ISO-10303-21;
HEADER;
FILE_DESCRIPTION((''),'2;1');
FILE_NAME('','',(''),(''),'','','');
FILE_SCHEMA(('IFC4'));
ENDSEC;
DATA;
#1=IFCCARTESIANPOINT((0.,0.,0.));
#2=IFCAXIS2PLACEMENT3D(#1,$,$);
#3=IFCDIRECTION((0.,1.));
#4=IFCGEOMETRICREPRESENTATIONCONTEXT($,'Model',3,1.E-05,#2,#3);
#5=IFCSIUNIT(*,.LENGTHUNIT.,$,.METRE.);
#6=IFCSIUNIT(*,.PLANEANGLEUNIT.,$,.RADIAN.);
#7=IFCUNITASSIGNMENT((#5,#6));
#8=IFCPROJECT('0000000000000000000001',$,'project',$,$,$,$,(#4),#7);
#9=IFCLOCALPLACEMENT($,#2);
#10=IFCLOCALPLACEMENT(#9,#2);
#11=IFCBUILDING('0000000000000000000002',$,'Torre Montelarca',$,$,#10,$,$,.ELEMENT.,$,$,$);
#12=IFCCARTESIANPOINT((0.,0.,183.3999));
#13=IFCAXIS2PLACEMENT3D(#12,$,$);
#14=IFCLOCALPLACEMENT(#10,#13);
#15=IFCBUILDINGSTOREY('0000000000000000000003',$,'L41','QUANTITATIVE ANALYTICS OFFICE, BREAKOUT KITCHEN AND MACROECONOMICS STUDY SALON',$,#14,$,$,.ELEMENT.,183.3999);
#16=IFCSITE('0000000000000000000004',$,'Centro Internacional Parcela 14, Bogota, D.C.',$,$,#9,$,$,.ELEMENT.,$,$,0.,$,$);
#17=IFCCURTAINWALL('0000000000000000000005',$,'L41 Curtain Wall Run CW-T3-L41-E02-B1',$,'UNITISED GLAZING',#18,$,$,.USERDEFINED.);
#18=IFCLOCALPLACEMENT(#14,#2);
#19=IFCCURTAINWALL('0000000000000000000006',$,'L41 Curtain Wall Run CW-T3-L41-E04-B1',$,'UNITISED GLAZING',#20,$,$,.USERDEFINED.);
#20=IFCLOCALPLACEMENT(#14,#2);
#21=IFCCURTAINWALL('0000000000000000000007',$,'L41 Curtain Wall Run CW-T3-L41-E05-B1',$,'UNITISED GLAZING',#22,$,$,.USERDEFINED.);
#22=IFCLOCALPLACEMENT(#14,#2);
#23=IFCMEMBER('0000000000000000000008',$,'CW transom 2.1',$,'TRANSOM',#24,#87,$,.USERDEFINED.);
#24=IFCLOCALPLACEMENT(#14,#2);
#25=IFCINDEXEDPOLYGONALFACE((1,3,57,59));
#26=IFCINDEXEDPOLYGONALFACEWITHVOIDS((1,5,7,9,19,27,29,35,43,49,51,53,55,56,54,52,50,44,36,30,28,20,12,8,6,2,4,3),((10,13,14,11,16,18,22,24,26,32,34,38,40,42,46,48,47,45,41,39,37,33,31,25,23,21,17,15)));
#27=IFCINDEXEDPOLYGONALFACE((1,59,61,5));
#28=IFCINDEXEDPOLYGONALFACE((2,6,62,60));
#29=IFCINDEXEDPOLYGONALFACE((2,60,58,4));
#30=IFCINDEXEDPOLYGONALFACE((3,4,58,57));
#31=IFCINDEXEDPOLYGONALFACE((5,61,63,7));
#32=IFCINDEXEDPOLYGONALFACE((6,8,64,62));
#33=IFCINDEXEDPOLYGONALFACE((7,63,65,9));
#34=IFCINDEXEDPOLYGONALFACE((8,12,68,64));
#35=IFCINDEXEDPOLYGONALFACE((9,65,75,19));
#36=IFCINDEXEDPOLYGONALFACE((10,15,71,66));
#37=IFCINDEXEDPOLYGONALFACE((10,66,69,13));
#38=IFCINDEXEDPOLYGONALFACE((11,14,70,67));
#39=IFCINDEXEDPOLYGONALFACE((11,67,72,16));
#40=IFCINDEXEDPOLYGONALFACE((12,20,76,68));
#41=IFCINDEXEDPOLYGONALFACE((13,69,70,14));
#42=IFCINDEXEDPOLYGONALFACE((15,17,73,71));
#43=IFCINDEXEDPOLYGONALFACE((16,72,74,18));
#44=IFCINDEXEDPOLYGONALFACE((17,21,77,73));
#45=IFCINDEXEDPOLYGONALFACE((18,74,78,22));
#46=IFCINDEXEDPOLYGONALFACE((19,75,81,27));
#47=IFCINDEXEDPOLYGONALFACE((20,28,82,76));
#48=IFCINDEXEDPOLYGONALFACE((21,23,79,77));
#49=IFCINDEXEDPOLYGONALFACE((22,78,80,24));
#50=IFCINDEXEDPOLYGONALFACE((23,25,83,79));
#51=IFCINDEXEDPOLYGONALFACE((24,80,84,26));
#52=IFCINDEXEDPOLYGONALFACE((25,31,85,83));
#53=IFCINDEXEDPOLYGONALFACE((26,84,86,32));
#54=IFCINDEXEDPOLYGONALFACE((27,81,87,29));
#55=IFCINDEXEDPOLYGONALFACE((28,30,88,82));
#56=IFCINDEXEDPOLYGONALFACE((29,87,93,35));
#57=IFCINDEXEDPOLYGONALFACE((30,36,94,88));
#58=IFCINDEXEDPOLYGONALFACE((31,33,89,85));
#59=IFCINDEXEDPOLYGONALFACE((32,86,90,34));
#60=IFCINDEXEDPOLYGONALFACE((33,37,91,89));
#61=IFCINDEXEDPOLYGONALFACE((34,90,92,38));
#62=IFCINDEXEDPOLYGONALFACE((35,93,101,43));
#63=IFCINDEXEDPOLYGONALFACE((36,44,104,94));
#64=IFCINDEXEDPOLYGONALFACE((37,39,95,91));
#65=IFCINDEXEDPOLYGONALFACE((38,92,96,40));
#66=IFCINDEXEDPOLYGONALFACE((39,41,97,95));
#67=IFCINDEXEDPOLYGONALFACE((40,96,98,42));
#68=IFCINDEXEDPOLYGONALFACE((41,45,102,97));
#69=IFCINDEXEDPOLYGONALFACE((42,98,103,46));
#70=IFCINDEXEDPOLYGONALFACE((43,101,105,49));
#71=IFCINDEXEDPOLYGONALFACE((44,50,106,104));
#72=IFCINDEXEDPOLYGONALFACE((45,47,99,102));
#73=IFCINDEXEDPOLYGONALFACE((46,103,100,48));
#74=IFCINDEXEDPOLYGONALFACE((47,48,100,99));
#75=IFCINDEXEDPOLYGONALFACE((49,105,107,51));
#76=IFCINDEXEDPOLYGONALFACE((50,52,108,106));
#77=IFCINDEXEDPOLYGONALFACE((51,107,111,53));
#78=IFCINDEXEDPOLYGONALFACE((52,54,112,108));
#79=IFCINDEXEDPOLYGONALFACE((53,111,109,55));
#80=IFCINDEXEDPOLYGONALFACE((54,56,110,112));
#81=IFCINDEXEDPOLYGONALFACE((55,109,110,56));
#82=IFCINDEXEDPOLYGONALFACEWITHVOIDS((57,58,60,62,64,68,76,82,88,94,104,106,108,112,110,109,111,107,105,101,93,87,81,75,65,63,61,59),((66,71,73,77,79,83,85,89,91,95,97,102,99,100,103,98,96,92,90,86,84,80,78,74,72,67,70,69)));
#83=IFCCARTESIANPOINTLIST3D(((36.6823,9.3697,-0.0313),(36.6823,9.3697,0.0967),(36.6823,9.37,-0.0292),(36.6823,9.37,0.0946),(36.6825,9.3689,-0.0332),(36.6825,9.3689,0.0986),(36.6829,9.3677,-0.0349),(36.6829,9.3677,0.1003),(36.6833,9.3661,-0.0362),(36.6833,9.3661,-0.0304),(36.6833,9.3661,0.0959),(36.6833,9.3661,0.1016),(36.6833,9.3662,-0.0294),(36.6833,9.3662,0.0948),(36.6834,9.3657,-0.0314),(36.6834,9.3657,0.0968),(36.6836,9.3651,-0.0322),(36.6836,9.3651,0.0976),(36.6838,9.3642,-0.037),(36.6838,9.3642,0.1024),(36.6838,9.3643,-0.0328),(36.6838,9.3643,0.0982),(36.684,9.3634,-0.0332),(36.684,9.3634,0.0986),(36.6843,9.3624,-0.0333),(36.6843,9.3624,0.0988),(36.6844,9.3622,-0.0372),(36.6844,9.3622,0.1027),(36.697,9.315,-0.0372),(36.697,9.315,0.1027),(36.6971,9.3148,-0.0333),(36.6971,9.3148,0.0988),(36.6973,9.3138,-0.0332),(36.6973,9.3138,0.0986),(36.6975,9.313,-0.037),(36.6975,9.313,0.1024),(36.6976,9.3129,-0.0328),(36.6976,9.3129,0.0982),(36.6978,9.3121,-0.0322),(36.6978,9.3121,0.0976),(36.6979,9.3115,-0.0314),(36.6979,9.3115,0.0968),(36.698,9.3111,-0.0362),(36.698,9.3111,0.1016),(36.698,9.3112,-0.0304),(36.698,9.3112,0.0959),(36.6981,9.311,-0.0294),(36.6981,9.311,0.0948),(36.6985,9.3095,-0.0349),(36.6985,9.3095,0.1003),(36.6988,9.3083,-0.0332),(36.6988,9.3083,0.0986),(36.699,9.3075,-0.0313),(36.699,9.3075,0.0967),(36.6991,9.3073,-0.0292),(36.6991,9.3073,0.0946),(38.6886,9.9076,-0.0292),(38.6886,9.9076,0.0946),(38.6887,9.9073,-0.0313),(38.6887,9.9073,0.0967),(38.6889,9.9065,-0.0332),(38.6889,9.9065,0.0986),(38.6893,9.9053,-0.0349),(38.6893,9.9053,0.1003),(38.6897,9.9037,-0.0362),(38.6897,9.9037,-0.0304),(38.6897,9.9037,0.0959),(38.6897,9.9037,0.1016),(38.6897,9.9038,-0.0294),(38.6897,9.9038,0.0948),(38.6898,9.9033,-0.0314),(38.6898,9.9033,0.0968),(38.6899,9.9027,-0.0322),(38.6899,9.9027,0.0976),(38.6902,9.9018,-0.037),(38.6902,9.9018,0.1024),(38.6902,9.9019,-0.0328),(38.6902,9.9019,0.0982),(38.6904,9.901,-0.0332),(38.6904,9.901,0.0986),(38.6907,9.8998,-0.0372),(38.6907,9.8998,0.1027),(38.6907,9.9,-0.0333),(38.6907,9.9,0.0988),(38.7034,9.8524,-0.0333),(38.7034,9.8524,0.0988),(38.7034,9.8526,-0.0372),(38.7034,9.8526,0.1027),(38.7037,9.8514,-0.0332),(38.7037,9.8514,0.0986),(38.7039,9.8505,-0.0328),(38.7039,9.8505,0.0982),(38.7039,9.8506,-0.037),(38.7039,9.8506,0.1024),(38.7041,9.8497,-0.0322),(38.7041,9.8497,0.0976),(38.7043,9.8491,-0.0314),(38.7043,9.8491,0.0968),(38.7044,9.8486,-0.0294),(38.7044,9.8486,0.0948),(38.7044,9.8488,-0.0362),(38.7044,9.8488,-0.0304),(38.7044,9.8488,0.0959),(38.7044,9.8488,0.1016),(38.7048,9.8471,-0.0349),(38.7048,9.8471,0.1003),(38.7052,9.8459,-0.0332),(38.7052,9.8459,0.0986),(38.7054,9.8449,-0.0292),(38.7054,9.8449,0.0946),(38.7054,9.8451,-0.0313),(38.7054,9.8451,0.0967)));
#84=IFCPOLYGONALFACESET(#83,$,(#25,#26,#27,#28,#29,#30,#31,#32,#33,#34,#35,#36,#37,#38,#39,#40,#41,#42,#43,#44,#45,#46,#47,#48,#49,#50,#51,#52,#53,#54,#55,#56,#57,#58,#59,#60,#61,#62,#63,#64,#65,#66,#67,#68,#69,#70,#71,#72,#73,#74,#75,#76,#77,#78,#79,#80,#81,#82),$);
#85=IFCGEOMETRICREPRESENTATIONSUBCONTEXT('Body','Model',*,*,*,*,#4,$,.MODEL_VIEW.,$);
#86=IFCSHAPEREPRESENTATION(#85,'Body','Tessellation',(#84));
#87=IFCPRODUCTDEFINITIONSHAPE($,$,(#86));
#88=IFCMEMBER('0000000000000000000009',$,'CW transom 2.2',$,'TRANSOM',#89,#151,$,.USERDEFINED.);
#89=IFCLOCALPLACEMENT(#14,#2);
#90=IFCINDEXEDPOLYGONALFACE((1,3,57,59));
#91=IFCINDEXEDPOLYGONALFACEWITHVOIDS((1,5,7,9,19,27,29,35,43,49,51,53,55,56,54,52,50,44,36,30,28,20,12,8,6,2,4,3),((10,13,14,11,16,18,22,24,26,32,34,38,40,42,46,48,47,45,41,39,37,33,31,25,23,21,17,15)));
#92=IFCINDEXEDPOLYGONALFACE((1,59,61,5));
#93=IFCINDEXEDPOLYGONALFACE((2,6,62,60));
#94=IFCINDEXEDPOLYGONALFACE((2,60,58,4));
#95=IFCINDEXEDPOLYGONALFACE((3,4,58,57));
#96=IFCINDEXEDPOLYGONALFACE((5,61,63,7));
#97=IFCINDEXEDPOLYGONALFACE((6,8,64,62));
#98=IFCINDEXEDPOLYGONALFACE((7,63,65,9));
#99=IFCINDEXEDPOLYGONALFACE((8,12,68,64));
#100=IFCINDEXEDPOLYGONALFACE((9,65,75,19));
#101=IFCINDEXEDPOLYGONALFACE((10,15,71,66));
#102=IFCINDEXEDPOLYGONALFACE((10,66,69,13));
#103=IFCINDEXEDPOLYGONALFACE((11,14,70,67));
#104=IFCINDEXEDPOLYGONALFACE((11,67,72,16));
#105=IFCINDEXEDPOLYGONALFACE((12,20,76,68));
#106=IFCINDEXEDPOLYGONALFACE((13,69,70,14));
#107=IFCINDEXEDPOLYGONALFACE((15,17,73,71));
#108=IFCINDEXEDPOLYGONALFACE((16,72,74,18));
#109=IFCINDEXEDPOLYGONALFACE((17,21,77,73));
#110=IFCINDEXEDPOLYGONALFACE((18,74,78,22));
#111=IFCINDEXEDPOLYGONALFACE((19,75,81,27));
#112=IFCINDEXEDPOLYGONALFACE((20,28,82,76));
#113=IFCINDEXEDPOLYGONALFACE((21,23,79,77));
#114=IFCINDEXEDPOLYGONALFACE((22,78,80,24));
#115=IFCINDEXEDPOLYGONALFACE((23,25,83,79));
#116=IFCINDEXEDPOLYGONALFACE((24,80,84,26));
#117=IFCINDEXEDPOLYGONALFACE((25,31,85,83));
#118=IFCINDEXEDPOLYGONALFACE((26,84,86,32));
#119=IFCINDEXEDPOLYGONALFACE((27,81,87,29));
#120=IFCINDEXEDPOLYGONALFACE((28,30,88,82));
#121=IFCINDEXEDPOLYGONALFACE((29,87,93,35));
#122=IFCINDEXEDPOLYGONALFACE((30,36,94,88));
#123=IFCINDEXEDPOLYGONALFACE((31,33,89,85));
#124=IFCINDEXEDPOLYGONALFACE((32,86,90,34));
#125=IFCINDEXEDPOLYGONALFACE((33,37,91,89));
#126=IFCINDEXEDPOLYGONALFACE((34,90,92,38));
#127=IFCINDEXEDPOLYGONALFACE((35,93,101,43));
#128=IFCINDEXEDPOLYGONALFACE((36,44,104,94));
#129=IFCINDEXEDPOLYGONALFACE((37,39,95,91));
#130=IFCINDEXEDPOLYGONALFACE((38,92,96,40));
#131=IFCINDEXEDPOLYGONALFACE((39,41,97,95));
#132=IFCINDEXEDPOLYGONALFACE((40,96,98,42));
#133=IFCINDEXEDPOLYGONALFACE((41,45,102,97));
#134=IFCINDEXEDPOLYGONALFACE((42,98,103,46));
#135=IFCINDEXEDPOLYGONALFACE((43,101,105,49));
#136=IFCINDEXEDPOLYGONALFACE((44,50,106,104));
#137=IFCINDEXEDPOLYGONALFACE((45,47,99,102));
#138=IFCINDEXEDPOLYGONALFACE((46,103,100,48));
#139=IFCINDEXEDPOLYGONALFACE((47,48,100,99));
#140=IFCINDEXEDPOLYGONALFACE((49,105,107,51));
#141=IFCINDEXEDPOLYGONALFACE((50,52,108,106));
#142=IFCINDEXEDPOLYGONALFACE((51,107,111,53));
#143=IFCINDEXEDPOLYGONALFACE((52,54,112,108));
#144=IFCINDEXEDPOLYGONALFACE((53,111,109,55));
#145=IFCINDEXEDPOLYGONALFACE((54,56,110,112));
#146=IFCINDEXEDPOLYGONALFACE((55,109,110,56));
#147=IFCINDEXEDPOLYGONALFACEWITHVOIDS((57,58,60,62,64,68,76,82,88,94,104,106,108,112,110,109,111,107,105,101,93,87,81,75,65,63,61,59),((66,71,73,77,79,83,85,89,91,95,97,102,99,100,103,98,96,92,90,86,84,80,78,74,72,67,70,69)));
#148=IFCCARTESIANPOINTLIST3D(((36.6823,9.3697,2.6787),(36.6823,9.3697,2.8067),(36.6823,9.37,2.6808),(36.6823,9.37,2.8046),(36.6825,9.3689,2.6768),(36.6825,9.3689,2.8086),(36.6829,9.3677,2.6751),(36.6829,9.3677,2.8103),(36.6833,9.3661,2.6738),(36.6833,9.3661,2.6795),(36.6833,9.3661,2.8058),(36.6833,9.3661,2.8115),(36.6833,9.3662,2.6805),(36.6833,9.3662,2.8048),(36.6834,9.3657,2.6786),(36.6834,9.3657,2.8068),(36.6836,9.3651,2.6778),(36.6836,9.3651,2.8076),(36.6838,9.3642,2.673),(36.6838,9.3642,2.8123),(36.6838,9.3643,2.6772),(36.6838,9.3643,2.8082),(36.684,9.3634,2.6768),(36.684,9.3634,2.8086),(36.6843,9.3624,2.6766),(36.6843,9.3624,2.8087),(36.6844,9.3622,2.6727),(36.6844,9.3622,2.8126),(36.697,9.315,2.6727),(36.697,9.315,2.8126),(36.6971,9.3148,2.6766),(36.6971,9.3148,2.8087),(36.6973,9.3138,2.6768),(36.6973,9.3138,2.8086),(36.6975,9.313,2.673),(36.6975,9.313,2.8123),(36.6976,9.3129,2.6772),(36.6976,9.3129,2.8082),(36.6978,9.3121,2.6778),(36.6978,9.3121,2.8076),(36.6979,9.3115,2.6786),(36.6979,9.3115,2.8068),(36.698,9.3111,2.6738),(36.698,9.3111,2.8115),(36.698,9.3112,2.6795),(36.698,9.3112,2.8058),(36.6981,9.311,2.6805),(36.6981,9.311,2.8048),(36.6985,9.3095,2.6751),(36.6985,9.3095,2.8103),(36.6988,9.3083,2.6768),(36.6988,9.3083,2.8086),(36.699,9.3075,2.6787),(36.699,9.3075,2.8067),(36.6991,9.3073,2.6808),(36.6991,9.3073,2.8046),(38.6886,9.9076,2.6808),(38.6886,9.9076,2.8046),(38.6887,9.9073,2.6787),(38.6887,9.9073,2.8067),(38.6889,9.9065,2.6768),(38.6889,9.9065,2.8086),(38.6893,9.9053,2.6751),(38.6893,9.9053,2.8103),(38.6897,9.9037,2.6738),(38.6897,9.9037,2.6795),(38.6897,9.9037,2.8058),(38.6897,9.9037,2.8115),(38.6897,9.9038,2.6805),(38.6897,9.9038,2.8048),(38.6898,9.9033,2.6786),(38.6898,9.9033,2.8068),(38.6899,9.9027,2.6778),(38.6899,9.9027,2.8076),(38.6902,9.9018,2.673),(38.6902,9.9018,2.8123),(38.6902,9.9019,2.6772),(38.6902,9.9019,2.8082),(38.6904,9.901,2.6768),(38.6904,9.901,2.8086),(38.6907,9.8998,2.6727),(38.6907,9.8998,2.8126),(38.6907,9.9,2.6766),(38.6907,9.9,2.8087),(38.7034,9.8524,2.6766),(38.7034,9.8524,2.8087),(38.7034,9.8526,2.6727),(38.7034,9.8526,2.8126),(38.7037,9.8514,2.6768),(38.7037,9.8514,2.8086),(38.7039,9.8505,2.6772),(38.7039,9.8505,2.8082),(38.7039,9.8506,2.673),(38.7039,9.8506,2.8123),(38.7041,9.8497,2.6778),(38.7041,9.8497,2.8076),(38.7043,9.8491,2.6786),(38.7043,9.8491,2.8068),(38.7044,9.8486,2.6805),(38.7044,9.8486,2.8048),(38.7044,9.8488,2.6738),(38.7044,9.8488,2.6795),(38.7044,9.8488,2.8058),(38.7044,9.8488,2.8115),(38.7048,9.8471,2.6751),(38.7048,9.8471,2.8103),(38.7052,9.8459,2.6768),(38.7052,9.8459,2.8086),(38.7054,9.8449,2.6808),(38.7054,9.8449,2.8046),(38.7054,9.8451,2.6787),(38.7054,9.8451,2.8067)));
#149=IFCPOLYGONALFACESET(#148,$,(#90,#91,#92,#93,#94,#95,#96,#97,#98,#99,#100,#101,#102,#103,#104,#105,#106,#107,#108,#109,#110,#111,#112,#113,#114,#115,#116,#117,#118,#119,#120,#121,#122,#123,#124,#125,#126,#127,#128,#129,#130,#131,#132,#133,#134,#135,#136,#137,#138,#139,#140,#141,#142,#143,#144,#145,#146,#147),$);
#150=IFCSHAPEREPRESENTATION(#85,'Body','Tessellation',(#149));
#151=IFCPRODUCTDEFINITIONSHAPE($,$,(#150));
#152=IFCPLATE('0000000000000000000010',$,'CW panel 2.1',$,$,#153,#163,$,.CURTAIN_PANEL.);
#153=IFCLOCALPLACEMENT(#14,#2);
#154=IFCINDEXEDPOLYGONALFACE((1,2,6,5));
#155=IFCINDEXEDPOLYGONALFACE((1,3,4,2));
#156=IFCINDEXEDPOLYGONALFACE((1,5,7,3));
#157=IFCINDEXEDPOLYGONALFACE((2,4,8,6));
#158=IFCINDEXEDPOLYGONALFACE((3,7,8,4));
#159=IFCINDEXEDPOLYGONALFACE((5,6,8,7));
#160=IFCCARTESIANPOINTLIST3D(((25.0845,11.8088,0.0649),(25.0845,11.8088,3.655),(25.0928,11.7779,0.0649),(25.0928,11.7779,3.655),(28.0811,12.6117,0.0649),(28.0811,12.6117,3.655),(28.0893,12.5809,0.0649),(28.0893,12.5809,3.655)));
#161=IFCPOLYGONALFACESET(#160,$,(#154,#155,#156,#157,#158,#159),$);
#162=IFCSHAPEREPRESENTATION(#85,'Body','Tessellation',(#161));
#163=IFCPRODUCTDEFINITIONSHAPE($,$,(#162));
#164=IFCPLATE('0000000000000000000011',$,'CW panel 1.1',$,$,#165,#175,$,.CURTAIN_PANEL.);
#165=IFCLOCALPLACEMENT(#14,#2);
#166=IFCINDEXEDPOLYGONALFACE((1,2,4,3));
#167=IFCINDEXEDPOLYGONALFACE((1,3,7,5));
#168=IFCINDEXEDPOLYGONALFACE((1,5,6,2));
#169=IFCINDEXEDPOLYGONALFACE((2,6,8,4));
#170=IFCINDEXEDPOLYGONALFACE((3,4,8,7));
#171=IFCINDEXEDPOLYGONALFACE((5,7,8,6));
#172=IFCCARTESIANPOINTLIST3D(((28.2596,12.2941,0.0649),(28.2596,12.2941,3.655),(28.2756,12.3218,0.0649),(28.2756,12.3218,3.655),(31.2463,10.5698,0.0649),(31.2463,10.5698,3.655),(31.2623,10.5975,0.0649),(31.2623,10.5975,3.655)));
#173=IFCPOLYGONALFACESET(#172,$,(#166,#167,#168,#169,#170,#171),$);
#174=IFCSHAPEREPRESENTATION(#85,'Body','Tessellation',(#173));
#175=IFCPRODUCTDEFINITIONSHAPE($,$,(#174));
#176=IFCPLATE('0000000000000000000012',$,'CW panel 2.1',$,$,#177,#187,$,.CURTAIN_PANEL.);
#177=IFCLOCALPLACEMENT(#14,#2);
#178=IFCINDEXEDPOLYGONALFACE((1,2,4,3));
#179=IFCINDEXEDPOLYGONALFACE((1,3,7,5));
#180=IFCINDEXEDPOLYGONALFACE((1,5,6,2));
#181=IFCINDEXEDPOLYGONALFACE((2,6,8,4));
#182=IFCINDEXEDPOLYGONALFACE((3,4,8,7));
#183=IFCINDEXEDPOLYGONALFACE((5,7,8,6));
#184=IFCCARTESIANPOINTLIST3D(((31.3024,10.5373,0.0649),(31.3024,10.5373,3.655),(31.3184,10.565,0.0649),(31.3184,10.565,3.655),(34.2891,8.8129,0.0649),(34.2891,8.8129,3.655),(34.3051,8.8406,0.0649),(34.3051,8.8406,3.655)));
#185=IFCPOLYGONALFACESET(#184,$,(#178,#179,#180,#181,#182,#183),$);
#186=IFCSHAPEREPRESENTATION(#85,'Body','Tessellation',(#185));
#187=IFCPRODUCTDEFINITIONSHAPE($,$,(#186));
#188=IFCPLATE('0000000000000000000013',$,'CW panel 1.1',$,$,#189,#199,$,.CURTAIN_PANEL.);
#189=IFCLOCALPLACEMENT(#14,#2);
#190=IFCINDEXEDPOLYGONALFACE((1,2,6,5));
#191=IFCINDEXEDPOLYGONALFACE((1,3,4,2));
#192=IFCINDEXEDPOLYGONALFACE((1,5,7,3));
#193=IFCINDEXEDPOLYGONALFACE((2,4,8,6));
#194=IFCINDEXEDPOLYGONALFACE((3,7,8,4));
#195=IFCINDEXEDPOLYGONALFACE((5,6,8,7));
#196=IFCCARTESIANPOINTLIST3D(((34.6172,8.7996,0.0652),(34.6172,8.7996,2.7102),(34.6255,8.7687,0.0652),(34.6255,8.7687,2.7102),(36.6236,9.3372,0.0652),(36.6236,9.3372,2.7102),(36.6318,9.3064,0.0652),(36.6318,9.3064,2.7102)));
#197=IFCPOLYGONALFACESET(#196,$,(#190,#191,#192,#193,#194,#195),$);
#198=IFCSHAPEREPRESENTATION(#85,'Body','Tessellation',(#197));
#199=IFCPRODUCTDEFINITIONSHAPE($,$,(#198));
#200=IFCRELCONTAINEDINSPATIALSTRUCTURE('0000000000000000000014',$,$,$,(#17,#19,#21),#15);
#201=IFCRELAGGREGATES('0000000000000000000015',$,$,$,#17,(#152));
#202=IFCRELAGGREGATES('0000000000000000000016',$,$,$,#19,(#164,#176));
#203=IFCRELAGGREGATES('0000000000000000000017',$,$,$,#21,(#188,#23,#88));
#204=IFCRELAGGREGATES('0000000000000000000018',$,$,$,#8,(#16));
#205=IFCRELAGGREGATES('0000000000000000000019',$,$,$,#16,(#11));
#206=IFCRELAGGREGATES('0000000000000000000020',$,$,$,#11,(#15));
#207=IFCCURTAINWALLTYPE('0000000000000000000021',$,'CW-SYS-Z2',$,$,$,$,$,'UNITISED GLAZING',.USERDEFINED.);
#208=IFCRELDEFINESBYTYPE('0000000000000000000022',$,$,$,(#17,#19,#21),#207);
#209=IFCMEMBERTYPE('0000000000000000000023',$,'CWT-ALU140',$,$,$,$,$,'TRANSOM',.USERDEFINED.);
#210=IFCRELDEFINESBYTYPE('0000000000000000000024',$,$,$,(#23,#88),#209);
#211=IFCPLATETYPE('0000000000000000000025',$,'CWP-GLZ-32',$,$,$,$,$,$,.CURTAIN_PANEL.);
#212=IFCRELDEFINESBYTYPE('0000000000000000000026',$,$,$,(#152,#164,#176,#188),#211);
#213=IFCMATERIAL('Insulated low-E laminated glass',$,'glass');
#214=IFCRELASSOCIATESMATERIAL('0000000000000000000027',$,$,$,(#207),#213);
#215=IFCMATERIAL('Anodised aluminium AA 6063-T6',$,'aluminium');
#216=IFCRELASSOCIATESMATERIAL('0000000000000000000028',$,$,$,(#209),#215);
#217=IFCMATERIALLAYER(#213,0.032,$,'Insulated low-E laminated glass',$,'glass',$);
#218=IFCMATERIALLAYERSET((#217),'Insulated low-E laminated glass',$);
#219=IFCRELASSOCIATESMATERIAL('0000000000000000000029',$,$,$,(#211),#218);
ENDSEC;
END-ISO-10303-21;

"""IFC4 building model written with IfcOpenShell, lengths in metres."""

from ifc_helpers import new_model, si_unit, direction, frame, origin, origin_2d, place, context, subcontext, project, spatial, rectangle, hollow_rectangle, extrude, source, transform, mapped, material, layer, layer_set, material_profile, profile_set, type_object, element, aggregate, save


model = new_model("IFC4")

# Units and contexts
model_context = context("Model", 3, precision=1e-05, world=origin(), true_north=direction((0.0, 1.0)))
body_context = subcontext(model_context, "Body", "Model", "MODEL_VIEW")
ifc_project = project(units=[si_unit("LENGTHUNIT", "METRE"), si_unit("PLANEANGLEUNIT", "RADIAN")], contexts=[model_context])

# Site, building, storey
site_placement = place(None, origin())
site = spatial("IfcSite", under=ifc_project, at=site_placement, Name="Centro Internacional Parcela 14, Bogota, D.C.", CompositionType="ELEMENT", RefElevation=0.0)
building_placement = place(site_placement, origin())
building = spatial("IfcBuilding", under=site, at=building_placement, Name="Torre Montelarca", CompositionType="ELEMENT")
storey_placement = place(building_placement, frame((0.0, 0.0, 183.3999)))
storey = spatial("IfcBuildingStorey", under=building, at=storey_placement, Name="L41", Description="QUANTITATIVE ANALYTICS OFFICE, BREAKOUT KITCHEN AND MACROECONOMICS STUDY SALON", CompositionType="ELEMENT", Elevation=183.3999)

# Curtain walls
ifc_material_1 = material(Name="Insulated low-E laminated glass", Category="glass")
curtain_wall_type = type_object("IfcCurtainWallType", Name="CW-SYS-Z2", ElementType="UNITISED GLAZING", PredefinedType="USERDEFINED", material=ifc_material_1)
curtain_wall_1_placement = place(storey_placement, origin())
curtain_wall_1 = element("IfcCurtainWall", 1, at=curtain_wall_1_placement, inside=storey, type_object=curtain_wall_type, Name="L41 Curtain Wall Run CW-T3-L41-E02-B1", ObjectType="UNITISED GLAZING", PredefinedType="USERDEFINED")
ifc_material_2 = material(Name="Anodised aluminium AA 6063-T6", Category="aluminium")
ifc_material_profile_1 = material_profile(ifc_material_2, hollow_rectangle(XDim=0.0649, YDim=0.1399, WallThickness=0.0039, InnerFilletRadius=0.0039, OuterFilletRadius=0.0081, at=origin_2d()), Name="ALU65X140X4", Category="aluminium")
ifc_profile_set_1 = profile_set([ifc_material_profile_1], Name="Anodised aluminium AA 6063-T6")
member_type_1 = type_object("IfcMemberType", Name="CWT-ALU140", ElementType="TRANSOM", PredefinedType="USERDEFINED", material=ifc_profile_set_1)
curtain_wall_2_placement = place(storey_placement, origin())
curtain_wall_2 = element("IfcCurtainWall", 2, at=curtain_wall_2_placement, inside=storey, type_object=curtain_wall_type, Name="L41 Curtain Wall Run CW-T3-L41-E04-B1", ObjectType="UNITISED GLAZING", PredefinedType="USERDEFINED")
curtain_wall_3_placement = place(storey_placement, origin())
curtain_wall_3 = element("IfcCurtainWall", 3, at=curtain_wall_3_placement, inside=storey, type_object=curtain_wall_type, Name="L41 Curtain Wall Run CW-T3-L41-E05-B1", ObjectType="UNITISED GLAZING", PredefinedType="USERDEFINED")

# Members
shared_shape_1 = source(origin(), body_context, "Body", "SweptSolid", [
    extrude(hollow_rectangle(XDim=0.0649, YDim=0.1399, WallThickness=0.0039, InnerFilletRadius=0.0039, OuterFilletRadius=0.0081, at=origin_2d()), origin(), (0.0, 0.0, 1.0), 2.0771),
])
member_1_placement = place(storey_placement, frame((36.6907, 9.3386, 0.0327), z_axis=(0.965926, 0.258818, 0.0), x_axis=(-0.258818, 0.965926, 0.0)))
member_1 = element("IfcMember", 4, at=member_1_placement, type_object=member_type_1, Name="CW transom 2.1", ObjectType="TRANSOM", PredefinedType="USERDEFINED", context=body_context, shape_type="MappedRepresentation", body=[
    mapped(shared_shape_1, transform((0.0, 0.0, 0.0), scale=1.0)),
])
member_2_placement = place(storey_placement, frame((36.6907, 9.3386, 2.7427), z_axis=(0.965926, 0.258818, 0.0), x_axis=(-0.258818, 0.965926, 0.0)))
member_2 = element("IfcMember", 5, at=member_2_placement, type_object=member_type_1, Name="CW transom 2.2", ObjectType="TRANSOM", PredefinedType="USERDEFINED", context=body_context, shape_type="MappedRepresentation", body=[
    mapped(shared_shape_1, transform((0.0, 0.0, 0.0), scale=1.0)),
])

# Plates
ifc_layer_1 = layer(ifc_material_1, 0.032, Name="Insulated low-E laminated glass", Category="glass")
ifc_layer_set_1 = layer_set([ifc_layer_1], Name="Insulated low-E laminated glass")
plate_type = type_object("IfcPlateType", Name="CWP-GLZ-32", PredefinedType="CURTAIN_PANEL", material=ifc_layer_set_1)
shared_shape_2 = source(origin(), body_context, "Body", "SweptSolid", [
    extrude(rectangle(XDim=3.1023, YDim=0.032, at=origin_2d()), origin(), (0.0, 0.0, 1.0), 3.5901),
])
plate_1_placement = place(storey_placement, frame((26.5869, 12.1948, 0.0649), z_axis=(0.0, 0.0, 1.0), x_axis=(0.965924, 0.258826, 0.0)))
plate_1 = element("IfcPlate", 6, at=plate_1_placement, type_object=plate_type, Name="CW panel 2.1", PredefinedType="CURTAIN_PANEL", context=body_context, shape_type="MappedRepresentation", body=[
    mapped(shared_shape_2, transform((0.0, 0.0, 0.0), scale=1.0)),
])
aggregate(curtain_wall_1, [plate_1])
shared_shape_3 = source(origin(), body_context, "Body", "SweptSolid", [
    extrude(rectangle(XDim=3.4487, YDim=0.032, at=origin_2d()), origin(), (0.0, 0.0, 1.0), 3.5901),
])
plate_2_placement = place(storey_placement, frame((29.761, 11.4458, 0.0649), z_axis=(0.0, 0.0, 1.0), x_axis=(0.866028, -0.499995, 0.0)))
plate_2 = element("IfcPlate", 7, at=plate_2_placement, type_object=plate_type, Name="CW panel 1.1", PredefinedType="CURTAIN_PANEL", context=body_context, shape_type="MappedRepresentation", body=[
    mapped(shared_shape_3, transform((0.0, 0.0, 0.0), scale=1.0)),
])
plate_3_placement = place(storey_placement, frame((32.8037, 9.689, 0.0649), z_axis=(0.0, 0.0, 1.0), x_axis=(0.866028, -0.499995, 0.0)))
plate_3 = element("IfcPlate", 8, at=plate_3_placement, type_object=plate_type, Name="CW panel 2.1", PredefinedType="CURTAIN_PANEL", context=body_context, shape_type="MappedRepresentation", body=[
    mapped(shared_shape_3, transform((0.0, 0.0, 0.0), scale=1.0)),
])
aggregate(curtain_wall_2, [plate_2, plate_3])
shared_shape_4 = source(origin(), body_context, "Body", "SweptSolid", [
    extrude(rectangle(XDim=2.0771, YDim=0.032, at=origin_2d()), origin(), (0.0, 0.0, 1.0), 2.645),
])
plate_4_placement = place(storey_placement, frame((35.6245, 9.053, 0.0652), z_axis=(0.0, 0.0, 1.0), x_axis=(0.965921, 0.258839, 0.0)))
plate_4 = element("IfcPlate", 9, at=plate_4_placement, type_object=plate_type, Name="CW panel 1.1", PredefinedType="CURTAIN_PANEL", context=body_context, shape_type="MappedRepresentation", body=[
    mapped(shared_shape_4, transform((0.0, 0.0, 0.0), scale=1.0)),
])
aggregate(curtain_wall_3, [plate_4, member_1, member_2])

save(model, "model.ifc")
